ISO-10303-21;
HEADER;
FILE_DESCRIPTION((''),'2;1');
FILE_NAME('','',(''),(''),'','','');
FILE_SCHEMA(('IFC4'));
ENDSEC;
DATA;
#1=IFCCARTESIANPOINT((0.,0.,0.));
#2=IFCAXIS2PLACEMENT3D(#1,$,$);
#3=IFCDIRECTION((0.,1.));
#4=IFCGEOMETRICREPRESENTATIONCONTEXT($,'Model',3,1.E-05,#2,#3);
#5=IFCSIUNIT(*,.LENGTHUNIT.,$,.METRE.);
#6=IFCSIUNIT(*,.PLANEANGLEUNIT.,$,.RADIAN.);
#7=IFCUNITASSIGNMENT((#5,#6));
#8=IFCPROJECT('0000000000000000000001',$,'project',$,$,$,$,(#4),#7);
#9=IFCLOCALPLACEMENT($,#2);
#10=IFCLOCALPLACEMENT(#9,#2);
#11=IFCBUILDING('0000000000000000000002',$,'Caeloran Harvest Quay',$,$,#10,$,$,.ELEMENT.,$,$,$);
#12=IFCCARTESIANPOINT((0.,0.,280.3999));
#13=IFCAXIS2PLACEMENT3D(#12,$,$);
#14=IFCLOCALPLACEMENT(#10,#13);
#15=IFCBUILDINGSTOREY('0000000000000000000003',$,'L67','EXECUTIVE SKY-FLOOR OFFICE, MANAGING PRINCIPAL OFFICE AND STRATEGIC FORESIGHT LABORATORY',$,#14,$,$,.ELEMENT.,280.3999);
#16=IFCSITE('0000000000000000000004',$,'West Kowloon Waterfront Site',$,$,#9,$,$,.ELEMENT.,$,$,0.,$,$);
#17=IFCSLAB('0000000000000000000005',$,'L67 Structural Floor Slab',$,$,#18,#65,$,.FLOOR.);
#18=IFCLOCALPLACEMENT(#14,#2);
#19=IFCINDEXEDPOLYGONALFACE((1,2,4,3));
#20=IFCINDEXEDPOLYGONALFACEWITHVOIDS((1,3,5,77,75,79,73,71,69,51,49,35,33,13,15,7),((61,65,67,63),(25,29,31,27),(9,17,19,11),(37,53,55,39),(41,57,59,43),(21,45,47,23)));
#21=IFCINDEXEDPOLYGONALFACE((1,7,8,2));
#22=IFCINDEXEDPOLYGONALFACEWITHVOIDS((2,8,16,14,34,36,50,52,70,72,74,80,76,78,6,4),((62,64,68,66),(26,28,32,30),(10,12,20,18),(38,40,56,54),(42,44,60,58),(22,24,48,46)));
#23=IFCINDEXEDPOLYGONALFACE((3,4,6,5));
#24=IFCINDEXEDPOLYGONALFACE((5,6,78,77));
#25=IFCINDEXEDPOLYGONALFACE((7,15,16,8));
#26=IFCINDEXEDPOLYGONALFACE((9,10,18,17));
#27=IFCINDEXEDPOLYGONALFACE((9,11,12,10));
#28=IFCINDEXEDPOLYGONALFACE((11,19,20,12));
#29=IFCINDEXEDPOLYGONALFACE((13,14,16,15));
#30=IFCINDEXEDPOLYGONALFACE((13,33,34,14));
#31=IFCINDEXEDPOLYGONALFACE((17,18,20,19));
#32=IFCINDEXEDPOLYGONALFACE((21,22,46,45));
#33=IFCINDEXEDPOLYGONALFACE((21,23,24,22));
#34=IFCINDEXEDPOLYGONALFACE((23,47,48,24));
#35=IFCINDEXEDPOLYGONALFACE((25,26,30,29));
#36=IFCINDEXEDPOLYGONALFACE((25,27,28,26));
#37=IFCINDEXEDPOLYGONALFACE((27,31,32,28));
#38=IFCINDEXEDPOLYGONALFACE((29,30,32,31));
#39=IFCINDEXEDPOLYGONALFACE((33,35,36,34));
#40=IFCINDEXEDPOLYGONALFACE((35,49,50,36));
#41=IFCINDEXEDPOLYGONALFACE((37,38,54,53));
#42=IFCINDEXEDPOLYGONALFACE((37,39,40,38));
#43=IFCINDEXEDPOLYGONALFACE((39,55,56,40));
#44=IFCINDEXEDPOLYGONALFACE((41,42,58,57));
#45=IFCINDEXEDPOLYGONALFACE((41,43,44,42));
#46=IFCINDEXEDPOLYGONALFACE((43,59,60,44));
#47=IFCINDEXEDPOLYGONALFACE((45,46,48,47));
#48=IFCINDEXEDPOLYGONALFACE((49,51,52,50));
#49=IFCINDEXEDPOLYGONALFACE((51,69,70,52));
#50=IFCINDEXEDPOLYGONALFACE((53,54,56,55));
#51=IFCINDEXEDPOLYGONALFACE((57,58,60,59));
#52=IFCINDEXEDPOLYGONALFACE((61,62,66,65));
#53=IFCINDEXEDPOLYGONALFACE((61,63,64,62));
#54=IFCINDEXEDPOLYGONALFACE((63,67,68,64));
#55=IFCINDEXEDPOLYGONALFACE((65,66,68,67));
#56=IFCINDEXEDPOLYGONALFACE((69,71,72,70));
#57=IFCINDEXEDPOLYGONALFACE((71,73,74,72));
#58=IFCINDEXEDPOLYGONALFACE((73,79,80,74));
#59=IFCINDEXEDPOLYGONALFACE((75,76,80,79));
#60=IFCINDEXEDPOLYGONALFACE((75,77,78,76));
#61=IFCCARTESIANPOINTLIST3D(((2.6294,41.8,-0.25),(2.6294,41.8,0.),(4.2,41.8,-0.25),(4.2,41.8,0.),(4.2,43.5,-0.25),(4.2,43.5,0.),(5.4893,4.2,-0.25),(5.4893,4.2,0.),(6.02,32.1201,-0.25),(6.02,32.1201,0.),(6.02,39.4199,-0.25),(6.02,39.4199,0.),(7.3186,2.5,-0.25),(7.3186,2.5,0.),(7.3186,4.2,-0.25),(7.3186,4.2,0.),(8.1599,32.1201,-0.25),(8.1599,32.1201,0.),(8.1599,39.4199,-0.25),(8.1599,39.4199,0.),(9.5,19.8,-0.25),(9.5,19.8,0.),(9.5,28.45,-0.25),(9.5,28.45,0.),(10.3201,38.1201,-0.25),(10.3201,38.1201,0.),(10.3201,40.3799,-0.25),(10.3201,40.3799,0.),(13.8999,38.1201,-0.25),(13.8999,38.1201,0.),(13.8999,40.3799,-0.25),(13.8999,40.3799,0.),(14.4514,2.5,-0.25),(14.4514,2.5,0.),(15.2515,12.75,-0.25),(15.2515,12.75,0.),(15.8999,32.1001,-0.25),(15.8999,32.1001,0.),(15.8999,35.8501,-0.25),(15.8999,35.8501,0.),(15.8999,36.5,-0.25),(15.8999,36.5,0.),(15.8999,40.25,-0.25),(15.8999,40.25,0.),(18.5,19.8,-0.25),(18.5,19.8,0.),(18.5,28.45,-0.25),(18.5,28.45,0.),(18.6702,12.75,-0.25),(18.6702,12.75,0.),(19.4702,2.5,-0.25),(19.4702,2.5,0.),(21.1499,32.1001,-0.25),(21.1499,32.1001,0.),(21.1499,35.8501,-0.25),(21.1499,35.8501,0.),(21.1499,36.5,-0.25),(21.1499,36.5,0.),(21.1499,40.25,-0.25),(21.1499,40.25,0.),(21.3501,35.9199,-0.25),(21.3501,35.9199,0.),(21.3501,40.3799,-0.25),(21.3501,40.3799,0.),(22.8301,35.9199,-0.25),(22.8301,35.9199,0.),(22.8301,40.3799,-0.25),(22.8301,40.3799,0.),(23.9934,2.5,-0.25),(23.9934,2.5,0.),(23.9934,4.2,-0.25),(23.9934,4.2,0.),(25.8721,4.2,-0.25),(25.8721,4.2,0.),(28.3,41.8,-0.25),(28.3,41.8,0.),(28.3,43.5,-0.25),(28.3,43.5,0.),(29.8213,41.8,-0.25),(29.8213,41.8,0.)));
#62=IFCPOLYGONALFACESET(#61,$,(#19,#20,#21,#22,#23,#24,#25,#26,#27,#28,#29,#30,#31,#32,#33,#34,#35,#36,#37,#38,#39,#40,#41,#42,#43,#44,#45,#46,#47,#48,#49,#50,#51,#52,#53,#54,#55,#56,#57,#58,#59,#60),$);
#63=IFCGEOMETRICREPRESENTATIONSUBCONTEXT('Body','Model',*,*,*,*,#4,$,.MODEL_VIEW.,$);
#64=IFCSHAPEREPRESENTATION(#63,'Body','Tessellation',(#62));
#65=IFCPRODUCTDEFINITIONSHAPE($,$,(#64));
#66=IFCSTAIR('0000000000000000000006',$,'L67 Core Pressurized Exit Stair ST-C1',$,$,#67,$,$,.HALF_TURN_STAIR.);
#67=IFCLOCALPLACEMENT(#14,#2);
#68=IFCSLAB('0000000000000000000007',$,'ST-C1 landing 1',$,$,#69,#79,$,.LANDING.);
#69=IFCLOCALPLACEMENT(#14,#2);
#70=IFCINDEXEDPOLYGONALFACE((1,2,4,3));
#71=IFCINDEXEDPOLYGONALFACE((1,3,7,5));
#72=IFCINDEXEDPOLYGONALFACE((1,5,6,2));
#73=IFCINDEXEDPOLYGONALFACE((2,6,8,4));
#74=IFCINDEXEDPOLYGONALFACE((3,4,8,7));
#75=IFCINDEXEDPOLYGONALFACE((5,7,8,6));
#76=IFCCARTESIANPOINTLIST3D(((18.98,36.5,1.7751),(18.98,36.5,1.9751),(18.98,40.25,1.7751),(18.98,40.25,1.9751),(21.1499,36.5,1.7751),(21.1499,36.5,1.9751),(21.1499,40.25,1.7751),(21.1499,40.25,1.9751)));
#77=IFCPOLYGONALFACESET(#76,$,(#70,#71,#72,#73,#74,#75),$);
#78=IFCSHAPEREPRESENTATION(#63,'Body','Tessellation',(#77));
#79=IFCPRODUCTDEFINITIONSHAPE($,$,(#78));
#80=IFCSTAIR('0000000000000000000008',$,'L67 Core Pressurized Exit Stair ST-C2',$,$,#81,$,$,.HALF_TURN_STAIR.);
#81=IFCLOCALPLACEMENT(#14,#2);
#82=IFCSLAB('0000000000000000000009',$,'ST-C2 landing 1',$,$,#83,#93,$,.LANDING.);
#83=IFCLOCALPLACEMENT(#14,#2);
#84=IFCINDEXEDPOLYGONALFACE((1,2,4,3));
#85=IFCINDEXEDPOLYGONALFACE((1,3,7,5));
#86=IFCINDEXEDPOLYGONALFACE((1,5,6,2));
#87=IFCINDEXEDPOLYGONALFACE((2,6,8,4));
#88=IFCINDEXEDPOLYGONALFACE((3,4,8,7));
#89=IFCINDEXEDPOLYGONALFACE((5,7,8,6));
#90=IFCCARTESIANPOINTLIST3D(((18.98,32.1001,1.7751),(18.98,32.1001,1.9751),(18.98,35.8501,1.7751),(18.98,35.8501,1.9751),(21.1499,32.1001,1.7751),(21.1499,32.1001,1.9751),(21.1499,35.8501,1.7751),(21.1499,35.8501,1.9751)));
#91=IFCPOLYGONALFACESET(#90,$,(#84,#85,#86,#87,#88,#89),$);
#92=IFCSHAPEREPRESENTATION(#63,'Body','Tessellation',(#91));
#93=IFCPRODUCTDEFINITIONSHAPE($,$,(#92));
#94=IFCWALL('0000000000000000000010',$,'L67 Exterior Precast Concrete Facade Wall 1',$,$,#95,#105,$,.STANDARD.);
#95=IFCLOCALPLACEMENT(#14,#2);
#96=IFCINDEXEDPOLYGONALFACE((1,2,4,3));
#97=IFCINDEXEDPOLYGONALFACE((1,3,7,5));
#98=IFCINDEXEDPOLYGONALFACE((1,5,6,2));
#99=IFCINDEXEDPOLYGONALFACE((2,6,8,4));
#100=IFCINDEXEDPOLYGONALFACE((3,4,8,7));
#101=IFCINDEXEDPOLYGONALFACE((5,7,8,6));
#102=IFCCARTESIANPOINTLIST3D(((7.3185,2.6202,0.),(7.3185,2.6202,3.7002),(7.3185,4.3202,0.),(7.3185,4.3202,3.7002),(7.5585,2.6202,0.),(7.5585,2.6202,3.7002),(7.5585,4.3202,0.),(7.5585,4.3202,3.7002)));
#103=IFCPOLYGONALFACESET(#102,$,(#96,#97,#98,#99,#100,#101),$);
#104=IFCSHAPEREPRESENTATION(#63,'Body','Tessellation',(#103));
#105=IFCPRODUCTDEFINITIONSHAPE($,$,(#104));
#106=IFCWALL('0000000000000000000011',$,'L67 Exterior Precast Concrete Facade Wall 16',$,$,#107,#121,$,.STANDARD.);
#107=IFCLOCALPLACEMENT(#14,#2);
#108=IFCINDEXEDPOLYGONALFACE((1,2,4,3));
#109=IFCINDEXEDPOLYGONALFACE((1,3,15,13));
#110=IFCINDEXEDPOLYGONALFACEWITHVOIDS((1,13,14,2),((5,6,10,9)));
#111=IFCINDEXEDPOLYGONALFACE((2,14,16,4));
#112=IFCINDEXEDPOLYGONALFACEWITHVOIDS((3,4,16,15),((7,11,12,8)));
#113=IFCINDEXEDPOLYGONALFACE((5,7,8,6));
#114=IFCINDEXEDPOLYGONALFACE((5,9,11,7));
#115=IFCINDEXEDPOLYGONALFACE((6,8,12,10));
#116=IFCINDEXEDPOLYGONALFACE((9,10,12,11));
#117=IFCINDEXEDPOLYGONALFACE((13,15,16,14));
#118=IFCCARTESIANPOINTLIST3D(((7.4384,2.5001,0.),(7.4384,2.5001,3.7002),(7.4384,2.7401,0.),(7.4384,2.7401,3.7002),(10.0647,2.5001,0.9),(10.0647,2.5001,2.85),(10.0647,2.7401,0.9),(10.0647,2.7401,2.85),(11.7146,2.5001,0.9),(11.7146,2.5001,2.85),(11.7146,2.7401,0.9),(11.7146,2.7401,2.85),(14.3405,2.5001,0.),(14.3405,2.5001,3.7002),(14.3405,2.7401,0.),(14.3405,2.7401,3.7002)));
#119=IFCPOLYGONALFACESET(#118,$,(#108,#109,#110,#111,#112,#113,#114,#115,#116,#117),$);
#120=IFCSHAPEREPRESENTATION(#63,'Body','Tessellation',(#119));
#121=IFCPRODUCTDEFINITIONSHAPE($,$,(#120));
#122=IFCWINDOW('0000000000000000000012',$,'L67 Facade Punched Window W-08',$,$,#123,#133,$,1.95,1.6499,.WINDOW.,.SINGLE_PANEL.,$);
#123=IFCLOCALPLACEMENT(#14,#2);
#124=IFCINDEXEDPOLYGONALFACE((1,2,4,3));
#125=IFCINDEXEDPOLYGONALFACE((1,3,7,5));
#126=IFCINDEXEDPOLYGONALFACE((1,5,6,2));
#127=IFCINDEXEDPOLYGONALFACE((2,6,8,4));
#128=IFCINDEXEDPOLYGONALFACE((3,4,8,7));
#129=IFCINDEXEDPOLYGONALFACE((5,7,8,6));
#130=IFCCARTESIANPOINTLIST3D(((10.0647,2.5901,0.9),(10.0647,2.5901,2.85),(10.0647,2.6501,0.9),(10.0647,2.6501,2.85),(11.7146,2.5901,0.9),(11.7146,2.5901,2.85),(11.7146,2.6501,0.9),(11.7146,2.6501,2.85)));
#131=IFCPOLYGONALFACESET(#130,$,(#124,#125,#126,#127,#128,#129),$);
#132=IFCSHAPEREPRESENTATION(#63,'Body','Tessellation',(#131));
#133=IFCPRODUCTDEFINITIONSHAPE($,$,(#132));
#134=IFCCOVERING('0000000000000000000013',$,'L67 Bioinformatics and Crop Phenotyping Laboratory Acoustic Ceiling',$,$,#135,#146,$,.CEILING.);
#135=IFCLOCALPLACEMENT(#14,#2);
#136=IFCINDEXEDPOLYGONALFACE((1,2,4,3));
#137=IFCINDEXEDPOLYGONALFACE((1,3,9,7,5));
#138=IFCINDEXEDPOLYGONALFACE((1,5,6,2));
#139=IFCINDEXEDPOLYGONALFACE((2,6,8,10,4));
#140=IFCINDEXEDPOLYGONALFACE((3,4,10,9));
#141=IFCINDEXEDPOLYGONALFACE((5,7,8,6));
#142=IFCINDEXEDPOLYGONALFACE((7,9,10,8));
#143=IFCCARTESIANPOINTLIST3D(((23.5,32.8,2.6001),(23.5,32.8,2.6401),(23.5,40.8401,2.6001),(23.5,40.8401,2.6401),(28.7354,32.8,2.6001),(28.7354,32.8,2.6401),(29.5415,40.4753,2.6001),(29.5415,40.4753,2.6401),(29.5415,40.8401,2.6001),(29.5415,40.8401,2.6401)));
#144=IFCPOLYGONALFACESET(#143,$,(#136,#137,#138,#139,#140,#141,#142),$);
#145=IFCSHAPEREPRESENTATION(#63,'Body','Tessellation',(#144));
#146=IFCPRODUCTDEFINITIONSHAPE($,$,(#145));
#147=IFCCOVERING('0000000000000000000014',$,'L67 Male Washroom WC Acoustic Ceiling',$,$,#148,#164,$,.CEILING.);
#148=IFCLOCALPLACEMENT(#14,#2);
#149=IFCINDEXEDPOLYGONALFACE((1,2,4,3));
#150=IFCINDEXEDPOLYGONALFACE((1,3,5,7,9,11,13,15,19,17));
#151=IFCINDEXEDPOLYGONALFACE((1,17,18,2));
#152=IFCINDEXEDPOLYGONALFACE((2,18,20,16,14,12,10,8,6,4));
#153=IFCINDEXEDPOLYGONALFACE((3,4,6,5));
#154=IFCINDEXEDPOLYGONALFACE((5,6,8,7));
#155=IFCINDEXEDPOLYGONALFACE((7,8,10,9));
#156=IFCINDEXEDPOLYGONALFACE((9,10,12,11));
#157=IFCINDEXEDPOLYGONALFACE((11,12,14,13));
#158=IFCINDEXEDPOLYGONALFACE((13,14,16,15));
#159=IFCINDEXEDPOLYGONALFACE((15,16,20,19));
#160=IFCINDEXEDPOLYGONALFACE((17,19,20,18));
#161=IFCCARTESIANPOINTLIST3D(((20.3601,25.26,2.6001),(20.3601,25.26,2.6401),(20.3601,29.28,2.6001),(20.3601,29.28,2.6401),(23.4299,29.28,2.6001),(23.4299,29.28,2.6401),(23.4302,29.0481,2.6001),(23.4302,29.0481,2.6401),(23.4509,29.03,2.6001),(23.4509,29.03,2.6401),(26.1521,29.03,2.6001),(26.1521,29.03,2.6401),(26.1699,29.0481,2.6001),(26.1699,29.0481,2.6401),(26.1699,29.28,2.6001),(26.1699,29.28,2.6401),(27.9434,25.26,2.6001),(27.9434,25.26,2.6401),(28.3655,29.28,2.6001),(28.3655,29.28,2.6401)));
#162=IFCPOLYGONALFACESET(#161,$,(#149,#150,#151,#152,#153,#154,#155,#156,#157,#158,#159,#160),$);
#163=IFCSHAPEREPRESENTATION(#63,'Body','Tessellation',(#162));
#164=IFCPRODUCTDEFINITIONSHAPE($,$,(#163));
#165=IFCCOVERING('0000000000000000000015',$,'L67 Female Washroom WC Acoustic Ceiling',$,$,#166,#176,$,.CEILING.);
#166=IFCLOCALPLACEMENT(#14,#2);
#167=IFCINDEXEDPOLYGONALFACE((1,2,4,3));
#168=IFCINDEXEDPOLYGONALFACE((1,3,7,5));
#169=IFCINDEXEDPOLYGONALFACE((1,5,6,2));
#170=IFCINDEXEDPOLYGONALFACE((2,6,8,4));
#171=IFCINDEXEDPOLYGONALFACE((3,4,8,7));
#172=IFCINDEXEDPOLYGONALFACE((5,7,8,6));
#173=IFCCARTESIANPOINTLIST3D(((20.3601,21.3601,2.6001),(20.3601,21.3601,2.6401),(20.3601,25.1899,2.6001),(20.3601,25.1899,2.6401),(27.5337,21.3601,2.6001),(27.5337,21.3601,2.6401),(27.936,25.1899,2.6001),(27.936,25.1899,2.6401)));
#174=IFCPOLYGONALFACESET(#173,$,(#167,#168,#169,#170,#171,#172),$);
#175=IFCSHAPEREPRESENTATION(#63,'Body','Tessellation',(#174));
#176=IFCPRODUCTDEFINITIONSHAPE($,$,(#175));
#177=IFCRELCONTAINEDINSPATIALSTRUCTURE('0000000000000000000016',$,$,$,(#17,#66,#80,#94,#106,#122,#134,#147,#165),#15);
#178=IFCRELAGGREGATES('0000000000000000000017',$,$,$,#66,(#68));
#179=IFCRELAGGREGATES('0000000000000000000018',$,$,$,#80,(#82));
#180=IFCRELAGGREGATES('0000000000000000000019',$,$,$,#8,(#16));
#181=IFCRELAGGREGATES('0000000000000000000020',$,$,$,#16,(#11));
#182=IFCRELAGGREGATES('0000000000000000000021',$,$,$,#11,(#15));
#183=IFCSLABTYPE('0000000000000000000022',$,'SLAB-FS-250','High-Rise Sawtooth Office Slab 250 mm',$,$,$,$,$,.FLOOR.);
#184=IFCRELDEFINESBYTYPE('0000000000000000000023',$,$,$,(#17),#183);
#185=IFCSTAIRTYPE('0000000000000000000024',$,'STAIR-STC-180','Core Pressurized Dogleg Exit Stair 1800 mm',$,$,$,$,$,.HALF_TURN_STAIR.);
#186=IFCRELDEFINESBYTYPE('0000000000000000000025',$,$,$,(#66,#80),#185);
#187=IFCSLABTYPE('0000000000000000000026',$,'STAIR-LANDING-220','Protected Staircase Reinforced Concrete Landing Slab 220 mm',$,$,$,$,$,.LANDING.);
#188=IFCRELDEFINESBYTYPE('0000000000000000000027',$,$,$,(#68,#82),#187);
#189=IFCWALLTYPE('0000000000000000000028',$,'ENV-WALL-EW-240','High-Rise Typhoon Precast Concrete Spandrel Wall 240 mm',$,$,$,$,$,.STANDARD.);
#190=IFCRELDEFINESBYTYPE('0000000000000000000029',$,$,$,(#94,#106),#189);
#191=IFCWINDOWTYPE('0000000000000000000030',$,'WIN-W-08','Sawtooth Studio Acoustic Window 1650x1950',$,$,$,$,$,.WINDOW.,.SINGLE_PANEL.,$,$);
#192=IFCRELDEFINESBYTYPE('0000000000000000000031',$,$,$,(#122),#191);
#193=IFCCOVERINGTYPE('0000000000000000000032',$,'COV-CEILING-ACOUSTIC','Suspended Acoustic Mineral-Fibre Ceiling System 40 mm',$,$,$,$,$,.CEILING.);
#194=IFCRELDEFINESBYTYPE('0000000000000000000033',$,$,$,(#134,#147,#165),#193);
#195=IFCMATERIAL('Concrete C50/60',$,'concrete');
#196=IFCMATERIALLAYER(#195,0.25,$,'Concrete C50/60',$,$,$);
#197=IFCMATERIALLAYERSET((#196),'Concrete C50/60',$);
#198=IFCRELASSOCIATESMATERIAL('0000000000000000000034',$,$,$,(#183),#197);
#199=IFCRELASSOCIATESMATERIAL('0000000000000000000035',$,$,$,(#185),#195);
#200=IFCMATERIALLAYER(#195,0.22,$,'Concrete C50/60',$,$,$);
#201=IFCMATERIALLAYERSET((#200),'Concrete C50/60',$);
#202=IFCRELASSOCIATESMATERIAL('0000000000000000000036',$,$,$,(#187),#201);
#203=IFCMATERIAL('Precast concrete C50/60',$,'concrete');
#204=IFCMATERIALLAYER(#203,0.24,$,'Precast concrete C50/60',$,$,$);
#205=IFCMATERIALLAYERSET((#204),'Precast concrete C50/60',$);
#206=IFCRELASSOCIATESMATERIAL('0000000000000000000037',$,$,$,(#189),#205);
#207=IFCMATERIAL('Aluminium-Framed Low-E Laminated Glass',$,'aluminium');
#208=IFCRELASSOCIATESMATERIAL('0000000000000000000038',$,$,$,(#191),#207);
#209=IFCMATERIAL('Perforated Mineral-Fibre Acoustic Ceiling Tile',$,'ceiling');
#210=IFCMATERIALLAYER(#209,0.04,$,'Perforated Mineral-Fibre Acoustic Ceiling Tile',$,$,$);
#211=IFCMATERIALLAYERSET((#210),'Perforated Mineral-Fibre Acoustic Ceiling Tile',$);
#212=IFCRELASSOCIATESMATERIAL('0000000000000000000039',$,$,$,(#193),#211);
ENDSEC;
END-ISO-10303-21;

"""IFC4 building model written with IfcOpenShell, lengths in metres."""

from ifc_helpers import new_model, si_unit, direction, frame, frame_2d, origin, place, context, subcontext, project, spatial, polyline, rectangle, outline, extrude, material, layer, layer_set, type_object, element, fill, aggregate, save


model = new_model("IFC4")

# Units and contexts
model_context = context("Model", 3, precision=1e-05, world=origin(), true_north=direction((0.0, 1.0)))
body_context = subcontext(model_context, "Body", "Model", "MODEL_VIEW")
ifc_project = project(units=[si_unit("LENGTHUNIT", "METRE"), si_unit("PLANEANGLEUNIT", "RADIAN")], contexts=[model_context])

# Site, building, storey
site_placement = place(None, origin())
site = spatial("IfcSite", under=ifc_project, at=site_placement, Name="West Kowloon Waterfront Site", CompositionType="ELEMENT", RefElevation=0.0)
building_placement = place(site_placement, origin())
building = spatial("IfcBuilding", under=site, at=building_placement, Name="Caeloran Harvest Quay", CompositionType="ELEMENT")
storey_placement = place(building_placement, frame((0.0, 0.0, 280.3999)))
storey = spatial("IfcBuildingStorey", under=building, at=storey_placement, Name="L67", Description="EXECUTIVE SKY-FLOOR OFFICE, MANAGING PRINCIPAL OFFICE AND STRATEGIC FORESIGHT LABORATORY", CompositionType="ELEMENT", Elevation=280.3999)

# Slab
ifc_material_1 = material(Name="Concrete C50/60", Category="concrete")
ifc_layer_1 = layer(ifc_material_1, 0.25, Name="Concrete C50/60")
ifc_layer_set_1 = layer_set([ifc_layer_1], Name="Concrete C50/60")
slab_type_1 = type_object("IfcSlabType", Name="SLAB-FS-250", Description="High-Rise Sawtooth Office Slab 250 mm", PredefinedType="FLOOR", material=ifc_layer_set_1)
slab_1_placement = place(storey_placement, frame((0.0, 0.0, -0.25)))
element("IfcSlab", 1, at=slab_1_placement, inside=storey, type_object=slab_type_1, Name="L67 Structural Floor Slab", PredefinedType="FLOOR", context=body_context, shape_type="SweptSolid", body=[
    extrude(outline(polyline([(7.3186, 2.5), (14.4514, 2.5), (15.2515, 12.75), (18.6702, 12.75), (19.4702, 2.5), (23.9934, 2.5), (23.9934, 4.2), (25.8721, 4.2), (29.8213, 41.8), (28.3, 41.8), (28.3, 43.5), (4.2, 43.5), (4.2, 41.8), (2.6294, 41.8), (5.4893, 4.2), (7.3186, 4.2), (7.3186, 2.5)]), holes=[polyline([(18.5, 28.45), (18.5, 19.8), (9.5, 19.8), (9.5, 28.45), (18.5, 28.45)]), polyline([(15.8999, 32.1001), (15.8999, 35.8501), (21.1499, 35.8501), (21.1499, 32.1001), (15.8999, 32.1001)]), polyline([(8.1599, 32.1201), (6.02, 32.1201), (6.02, 39.4199), (8.1599, 39.4199), (8.1599, 32.1201)]), polyline([(22.8301, 40.3799), (22.8301, 35.9199), (21.3501, 35.9199), (21.3501, 40.3799), (22.8301, 40.3799)]), polyline([(15.8999, 36.5), (15.8999, 40.25), (21.1499, 40.25), (21.1499, 36.5), (15.8999, 36.5)]), polyline([(13.8999, 38.1201), (10.3201, 38.1201), (10.3201, 40.3799), (13.8999, 40.3799), (13.8999, 38.1201)])]), origin(), (0.0, 0.0, 1.0), 0.25),
])

# Stairs, slabs
stair_type = type_object("IfcStairType", Name="STAIR-STC-180", Description="Core Pressurized Dogleg Exit Stair 1800 mm", PredefinedType="HALF_TURN_STAIR", material=ifc_material_1)
stair_1_placement = place(storey_placement, origin())
stair_1 = element("IfcStair", 2, at=stair_1_placement, inside=storey, type_object=stair_type, Name="L67 Core Pressurized Exit Stair ST-C1", PredefinedType="HALF_TURN_STAIR")
ifc_layer_2 = layer(ifc_material_1, 0.22, Name="Concrete C50/60")
ifc_layer_set_2 = layer_set([ifc_layer_2], Name="Concrete C50/60")
slab_type_2 = type_object("IfcSlabType", Name="STAIR-LANDING-220", Description="Protected Staircase Reinforced Concrete Landing Slab 220 mm", PredefinedType="LANDING", material=ifc_layer_set_2)
slab_2_placement = place(storey_placement, frame((0.0, 0.0, 1.7751)))
slab_2 = element("IfcSlab", 3, at=slab_2_placement, type_object=slab_type_2, Name="ST-C1 landing 1", PredefinedType="LANDING", context=body_context, shape_type="SweptSolid", body=[
    extrude(outline(polyline([(18.98, 36.5), (21.1499, 36.5), (21.1499, 40.25), (18.98, 40.25), (18.98, 36.5)])), origin(), (0.0, 0.0, 1.0), 0.2),
])
aggregate(stair_1, [slab_2])
stair_2_placement = place(storey_placement, origin())
stair_2 = element("IfcStair", 4, at=stair_2_placement, inside=storey, type_object=stair_type, Name="L67 Core Pressurized Exit Stair ST-C2", PredefinedType="HALF_TURN_STAIR")
slab_3_placement = place(storey_placement, frame((0.0, 0.0, 1.7751)))
slab_3 = element("IfcSlab", 5, at=slab_3_placement, type_object=slab_type_2, Name="ST-C2 landing 1", PredefinedType="LANDING", context=body_context, shape_type="SweptSolid", body=[
    extrude(outline(polyline([(18.98, 32.1001), (21.1499, 32.1001), (21.1499, 35.8501), (18.98, 35.8501), (18.98, 32.1001)])), origin(), (0.0, 0.0, 1.0), 0.2),
])
aggregate(stair_2, [slab_3])

# Wall
ifc_material_2 = material(Name="Precast concrete C50/60", Category="concrete")
ifc_layer_3 = layer(ifc_material_2, 0.24, Name="Precast concrete C50/60")
ifc_layer_set_3 = layer_set([ifc_layer_3], Name="Precast concrete C50/60")
wall_type = type_object("IfcWallType", Name="ENV-WALL-EW-240", Description="High-Rise Typhoon Precast Concrete Spandrel Wall 240 mm", PredefinedType="STANDARD", material=ifc_layer_set_3)
wall_1_placement = place(storey_placement, frame((7.4385, 2.6201, 0.0), z_axis=(0.0, 0.0, 1.0), x_axis=(0.0, 1.0, 0.0)))
element("IfcWall", 6, at=wall_1_placement, inside=storey, type_object=wall_type, Name="L67 Exterior Precast Concrete Facade Wall 1", PredefinedType="STANDARD", context=body_context, shape_type="SweptSolid", body=[
    extrude(rectangle(XDim=1.7, YDim=0.24, at=frame_2d((0.8501, 0.0))), origin(), (0.0, 0.0, 1.0), 3.7002),
])

# Wall, opening, window
wall_2_placement = place(storey_placement, frame((14.3406, 2.6201, 0.0), z_axis=(0.0, 0.0, 1.0), x_axis=(-1.0, 0.0, 0.0)))
wall_2 = element("IfcWall", 7, at=wall_2_placement, inside=storey, type_object=wall_type, Name="L67 Exterior Precast Concrete Facade Wall 16", PredefinedType="STANDARD", context=body_context, shape_type="SweptSolid", body=[
    extrude(rectangle(XDim=6.9021, YDim=0.24, at=frame_2d((3.4512, 0.0))), origin(), (0.0, 0.0, 1.0), 3.7002),
])
opening_placement = place(wall_2_placement, frame((2.626, 0.0, 0.8999)))
opening = element("IfcOpeningElement", 8, at=opening_placement, cuts=wall_2, PredefinedType="OPENING", context=body_context, shape_type="SweptSolid", body=[
    extrude(rectangle(XDim=1.6499, YDim=1.95, at=frame_2d((0.825, 0.9751))), frame((0.0, 0.1299, 0.0), z_axis=(0.0, -1.0, 0.0), x_axis=(1.0, 0.0, 0.0)), (0.0, 0.0, 1.0), 0.26),
])
ifc_material_3 = material(Name="Aluminium-Framed Low-E Laminated Glass", Category="aluminium")
window_type = type_object("IfcWindowType", Name="WIN-W-08", Description="Sawtooth Studio Acoustic Window 1650x1950", PartitioningType="SINGLE_PANEL", PredefinedType="WINDOW", material=ifc_material_3)
window_placement = place(opening_placement, origin())
window = element("IfcWindow", 9, at=window_placement, inside=storey, type_object=window_type, Name="L67 Facade Punched Window W-08", OverallHeight=1.95, OverallWidth=1.6499, PartitioningType="SINGLE_PANEL", PredefinedType="WINDOW", context=body_context, shape_type="SweptSolid", body=[
    extrude(rectangle(XDim=1.6499, YDim=1.95, at=frame_2d((0.825, 0.9751))), frame((0.0, 0.03, 0.0), z_axis=(0.0, -1.0, 0.0), x_axis=(1.0, 0.0, 0.0)), (0.0, 0.0, 1.0), 0.0601),
])
fill(opening, window)

# Coverings
ifc_material_4 = material(Name="Perforated Mineral-Fibre Acoustic Ceiling Tile", Category="ceiling")
ifc_layer_4 = layer(ifc_material_4, 0.04, Name="Perforated Mineral-Fibre Acoustic Ceiling Tile")
ifc_layer_set_4 = layer_set([ifc_layer_4], Name="Perforated Mineral-Fibre Acoustic Ceiling Tile")
covering_type_1 = type_object("IfcCoveringType", Name="COV-CEILING-ACOUSTIC", Description="Suspended Acoustic Mineral-Fibre Ceiling System 40 mm", PredefinedType="CEILING", material=ifc_layer_set_4)
covering_1_placement = place(storey_placement, frame((0.0, 0.0, 2.6001)))
element("IfcCovering", 10, at=covering_1_placement, inside=storey, type_object=covering_type_1, Name="L67 Bioinformatics and Crop Phenotyping Laboratory Acoustic Ceiling", PredefinedType="CEILING", context=body_context, shape_type="SweptSolid", body=[
    extrude(outline(polyline([(29.5415, 40.4753), (28.7354, 32.8), (23.5, 32.8), (23.5, 40.8401), (29.5415, 40.8401), (29.5415, 40.4753)])), origin(), (0.0, 0.0, 1.0), 0.04),
])
covering_2_placement = place(storey_placement, frame((0.0, 0.0, 2.6001)))
element("IfcCovering", 11, at=covering_2_placement, inside=storey, type_object=covering_type_1, Name="L67 Male Washroom WC Acoustic Ceiling", PredefinedType="CEILING", context=body_context, shape_type="SweptSolid", body=[
    extrude(outline(polyline([(23.4299, 29.28), (23.4302, 29.0481), (23.4509, 29.03), (26.1521, 29.03), (26.1699, 29.0481), (26.1699, 29.28), (28.3655, 29.28), (27.9434, 25.26), (20.3601, 25.26), (20.3601, 29.28), (23.4299, 29.28)])), origin(), (0.0, 0.0, 1.0), 0.04),
])
covering_3_placement = place(storey_placement, frame((0.0, 0.0, 2.6001)))
element("IfcCovering", 12, at=covering_3_placement, inside=storey, type_object=covering_type_1, Name="L67 Female Washroom WC Acoustic Ceiling", PredefinedType="CEILING", context=body_context, shape_type="SweptSolid", body=[
    extrude(outline(polyline([(27.936, 25.1899), (27.5337, 21.3601), (20.3601, 21.3601), (20.3601, 25.1899), (27.936, 25.1899)])), origin(), (0.0, 0.0, 1.0), 0.04),
])

save(model, "model.ifc")
